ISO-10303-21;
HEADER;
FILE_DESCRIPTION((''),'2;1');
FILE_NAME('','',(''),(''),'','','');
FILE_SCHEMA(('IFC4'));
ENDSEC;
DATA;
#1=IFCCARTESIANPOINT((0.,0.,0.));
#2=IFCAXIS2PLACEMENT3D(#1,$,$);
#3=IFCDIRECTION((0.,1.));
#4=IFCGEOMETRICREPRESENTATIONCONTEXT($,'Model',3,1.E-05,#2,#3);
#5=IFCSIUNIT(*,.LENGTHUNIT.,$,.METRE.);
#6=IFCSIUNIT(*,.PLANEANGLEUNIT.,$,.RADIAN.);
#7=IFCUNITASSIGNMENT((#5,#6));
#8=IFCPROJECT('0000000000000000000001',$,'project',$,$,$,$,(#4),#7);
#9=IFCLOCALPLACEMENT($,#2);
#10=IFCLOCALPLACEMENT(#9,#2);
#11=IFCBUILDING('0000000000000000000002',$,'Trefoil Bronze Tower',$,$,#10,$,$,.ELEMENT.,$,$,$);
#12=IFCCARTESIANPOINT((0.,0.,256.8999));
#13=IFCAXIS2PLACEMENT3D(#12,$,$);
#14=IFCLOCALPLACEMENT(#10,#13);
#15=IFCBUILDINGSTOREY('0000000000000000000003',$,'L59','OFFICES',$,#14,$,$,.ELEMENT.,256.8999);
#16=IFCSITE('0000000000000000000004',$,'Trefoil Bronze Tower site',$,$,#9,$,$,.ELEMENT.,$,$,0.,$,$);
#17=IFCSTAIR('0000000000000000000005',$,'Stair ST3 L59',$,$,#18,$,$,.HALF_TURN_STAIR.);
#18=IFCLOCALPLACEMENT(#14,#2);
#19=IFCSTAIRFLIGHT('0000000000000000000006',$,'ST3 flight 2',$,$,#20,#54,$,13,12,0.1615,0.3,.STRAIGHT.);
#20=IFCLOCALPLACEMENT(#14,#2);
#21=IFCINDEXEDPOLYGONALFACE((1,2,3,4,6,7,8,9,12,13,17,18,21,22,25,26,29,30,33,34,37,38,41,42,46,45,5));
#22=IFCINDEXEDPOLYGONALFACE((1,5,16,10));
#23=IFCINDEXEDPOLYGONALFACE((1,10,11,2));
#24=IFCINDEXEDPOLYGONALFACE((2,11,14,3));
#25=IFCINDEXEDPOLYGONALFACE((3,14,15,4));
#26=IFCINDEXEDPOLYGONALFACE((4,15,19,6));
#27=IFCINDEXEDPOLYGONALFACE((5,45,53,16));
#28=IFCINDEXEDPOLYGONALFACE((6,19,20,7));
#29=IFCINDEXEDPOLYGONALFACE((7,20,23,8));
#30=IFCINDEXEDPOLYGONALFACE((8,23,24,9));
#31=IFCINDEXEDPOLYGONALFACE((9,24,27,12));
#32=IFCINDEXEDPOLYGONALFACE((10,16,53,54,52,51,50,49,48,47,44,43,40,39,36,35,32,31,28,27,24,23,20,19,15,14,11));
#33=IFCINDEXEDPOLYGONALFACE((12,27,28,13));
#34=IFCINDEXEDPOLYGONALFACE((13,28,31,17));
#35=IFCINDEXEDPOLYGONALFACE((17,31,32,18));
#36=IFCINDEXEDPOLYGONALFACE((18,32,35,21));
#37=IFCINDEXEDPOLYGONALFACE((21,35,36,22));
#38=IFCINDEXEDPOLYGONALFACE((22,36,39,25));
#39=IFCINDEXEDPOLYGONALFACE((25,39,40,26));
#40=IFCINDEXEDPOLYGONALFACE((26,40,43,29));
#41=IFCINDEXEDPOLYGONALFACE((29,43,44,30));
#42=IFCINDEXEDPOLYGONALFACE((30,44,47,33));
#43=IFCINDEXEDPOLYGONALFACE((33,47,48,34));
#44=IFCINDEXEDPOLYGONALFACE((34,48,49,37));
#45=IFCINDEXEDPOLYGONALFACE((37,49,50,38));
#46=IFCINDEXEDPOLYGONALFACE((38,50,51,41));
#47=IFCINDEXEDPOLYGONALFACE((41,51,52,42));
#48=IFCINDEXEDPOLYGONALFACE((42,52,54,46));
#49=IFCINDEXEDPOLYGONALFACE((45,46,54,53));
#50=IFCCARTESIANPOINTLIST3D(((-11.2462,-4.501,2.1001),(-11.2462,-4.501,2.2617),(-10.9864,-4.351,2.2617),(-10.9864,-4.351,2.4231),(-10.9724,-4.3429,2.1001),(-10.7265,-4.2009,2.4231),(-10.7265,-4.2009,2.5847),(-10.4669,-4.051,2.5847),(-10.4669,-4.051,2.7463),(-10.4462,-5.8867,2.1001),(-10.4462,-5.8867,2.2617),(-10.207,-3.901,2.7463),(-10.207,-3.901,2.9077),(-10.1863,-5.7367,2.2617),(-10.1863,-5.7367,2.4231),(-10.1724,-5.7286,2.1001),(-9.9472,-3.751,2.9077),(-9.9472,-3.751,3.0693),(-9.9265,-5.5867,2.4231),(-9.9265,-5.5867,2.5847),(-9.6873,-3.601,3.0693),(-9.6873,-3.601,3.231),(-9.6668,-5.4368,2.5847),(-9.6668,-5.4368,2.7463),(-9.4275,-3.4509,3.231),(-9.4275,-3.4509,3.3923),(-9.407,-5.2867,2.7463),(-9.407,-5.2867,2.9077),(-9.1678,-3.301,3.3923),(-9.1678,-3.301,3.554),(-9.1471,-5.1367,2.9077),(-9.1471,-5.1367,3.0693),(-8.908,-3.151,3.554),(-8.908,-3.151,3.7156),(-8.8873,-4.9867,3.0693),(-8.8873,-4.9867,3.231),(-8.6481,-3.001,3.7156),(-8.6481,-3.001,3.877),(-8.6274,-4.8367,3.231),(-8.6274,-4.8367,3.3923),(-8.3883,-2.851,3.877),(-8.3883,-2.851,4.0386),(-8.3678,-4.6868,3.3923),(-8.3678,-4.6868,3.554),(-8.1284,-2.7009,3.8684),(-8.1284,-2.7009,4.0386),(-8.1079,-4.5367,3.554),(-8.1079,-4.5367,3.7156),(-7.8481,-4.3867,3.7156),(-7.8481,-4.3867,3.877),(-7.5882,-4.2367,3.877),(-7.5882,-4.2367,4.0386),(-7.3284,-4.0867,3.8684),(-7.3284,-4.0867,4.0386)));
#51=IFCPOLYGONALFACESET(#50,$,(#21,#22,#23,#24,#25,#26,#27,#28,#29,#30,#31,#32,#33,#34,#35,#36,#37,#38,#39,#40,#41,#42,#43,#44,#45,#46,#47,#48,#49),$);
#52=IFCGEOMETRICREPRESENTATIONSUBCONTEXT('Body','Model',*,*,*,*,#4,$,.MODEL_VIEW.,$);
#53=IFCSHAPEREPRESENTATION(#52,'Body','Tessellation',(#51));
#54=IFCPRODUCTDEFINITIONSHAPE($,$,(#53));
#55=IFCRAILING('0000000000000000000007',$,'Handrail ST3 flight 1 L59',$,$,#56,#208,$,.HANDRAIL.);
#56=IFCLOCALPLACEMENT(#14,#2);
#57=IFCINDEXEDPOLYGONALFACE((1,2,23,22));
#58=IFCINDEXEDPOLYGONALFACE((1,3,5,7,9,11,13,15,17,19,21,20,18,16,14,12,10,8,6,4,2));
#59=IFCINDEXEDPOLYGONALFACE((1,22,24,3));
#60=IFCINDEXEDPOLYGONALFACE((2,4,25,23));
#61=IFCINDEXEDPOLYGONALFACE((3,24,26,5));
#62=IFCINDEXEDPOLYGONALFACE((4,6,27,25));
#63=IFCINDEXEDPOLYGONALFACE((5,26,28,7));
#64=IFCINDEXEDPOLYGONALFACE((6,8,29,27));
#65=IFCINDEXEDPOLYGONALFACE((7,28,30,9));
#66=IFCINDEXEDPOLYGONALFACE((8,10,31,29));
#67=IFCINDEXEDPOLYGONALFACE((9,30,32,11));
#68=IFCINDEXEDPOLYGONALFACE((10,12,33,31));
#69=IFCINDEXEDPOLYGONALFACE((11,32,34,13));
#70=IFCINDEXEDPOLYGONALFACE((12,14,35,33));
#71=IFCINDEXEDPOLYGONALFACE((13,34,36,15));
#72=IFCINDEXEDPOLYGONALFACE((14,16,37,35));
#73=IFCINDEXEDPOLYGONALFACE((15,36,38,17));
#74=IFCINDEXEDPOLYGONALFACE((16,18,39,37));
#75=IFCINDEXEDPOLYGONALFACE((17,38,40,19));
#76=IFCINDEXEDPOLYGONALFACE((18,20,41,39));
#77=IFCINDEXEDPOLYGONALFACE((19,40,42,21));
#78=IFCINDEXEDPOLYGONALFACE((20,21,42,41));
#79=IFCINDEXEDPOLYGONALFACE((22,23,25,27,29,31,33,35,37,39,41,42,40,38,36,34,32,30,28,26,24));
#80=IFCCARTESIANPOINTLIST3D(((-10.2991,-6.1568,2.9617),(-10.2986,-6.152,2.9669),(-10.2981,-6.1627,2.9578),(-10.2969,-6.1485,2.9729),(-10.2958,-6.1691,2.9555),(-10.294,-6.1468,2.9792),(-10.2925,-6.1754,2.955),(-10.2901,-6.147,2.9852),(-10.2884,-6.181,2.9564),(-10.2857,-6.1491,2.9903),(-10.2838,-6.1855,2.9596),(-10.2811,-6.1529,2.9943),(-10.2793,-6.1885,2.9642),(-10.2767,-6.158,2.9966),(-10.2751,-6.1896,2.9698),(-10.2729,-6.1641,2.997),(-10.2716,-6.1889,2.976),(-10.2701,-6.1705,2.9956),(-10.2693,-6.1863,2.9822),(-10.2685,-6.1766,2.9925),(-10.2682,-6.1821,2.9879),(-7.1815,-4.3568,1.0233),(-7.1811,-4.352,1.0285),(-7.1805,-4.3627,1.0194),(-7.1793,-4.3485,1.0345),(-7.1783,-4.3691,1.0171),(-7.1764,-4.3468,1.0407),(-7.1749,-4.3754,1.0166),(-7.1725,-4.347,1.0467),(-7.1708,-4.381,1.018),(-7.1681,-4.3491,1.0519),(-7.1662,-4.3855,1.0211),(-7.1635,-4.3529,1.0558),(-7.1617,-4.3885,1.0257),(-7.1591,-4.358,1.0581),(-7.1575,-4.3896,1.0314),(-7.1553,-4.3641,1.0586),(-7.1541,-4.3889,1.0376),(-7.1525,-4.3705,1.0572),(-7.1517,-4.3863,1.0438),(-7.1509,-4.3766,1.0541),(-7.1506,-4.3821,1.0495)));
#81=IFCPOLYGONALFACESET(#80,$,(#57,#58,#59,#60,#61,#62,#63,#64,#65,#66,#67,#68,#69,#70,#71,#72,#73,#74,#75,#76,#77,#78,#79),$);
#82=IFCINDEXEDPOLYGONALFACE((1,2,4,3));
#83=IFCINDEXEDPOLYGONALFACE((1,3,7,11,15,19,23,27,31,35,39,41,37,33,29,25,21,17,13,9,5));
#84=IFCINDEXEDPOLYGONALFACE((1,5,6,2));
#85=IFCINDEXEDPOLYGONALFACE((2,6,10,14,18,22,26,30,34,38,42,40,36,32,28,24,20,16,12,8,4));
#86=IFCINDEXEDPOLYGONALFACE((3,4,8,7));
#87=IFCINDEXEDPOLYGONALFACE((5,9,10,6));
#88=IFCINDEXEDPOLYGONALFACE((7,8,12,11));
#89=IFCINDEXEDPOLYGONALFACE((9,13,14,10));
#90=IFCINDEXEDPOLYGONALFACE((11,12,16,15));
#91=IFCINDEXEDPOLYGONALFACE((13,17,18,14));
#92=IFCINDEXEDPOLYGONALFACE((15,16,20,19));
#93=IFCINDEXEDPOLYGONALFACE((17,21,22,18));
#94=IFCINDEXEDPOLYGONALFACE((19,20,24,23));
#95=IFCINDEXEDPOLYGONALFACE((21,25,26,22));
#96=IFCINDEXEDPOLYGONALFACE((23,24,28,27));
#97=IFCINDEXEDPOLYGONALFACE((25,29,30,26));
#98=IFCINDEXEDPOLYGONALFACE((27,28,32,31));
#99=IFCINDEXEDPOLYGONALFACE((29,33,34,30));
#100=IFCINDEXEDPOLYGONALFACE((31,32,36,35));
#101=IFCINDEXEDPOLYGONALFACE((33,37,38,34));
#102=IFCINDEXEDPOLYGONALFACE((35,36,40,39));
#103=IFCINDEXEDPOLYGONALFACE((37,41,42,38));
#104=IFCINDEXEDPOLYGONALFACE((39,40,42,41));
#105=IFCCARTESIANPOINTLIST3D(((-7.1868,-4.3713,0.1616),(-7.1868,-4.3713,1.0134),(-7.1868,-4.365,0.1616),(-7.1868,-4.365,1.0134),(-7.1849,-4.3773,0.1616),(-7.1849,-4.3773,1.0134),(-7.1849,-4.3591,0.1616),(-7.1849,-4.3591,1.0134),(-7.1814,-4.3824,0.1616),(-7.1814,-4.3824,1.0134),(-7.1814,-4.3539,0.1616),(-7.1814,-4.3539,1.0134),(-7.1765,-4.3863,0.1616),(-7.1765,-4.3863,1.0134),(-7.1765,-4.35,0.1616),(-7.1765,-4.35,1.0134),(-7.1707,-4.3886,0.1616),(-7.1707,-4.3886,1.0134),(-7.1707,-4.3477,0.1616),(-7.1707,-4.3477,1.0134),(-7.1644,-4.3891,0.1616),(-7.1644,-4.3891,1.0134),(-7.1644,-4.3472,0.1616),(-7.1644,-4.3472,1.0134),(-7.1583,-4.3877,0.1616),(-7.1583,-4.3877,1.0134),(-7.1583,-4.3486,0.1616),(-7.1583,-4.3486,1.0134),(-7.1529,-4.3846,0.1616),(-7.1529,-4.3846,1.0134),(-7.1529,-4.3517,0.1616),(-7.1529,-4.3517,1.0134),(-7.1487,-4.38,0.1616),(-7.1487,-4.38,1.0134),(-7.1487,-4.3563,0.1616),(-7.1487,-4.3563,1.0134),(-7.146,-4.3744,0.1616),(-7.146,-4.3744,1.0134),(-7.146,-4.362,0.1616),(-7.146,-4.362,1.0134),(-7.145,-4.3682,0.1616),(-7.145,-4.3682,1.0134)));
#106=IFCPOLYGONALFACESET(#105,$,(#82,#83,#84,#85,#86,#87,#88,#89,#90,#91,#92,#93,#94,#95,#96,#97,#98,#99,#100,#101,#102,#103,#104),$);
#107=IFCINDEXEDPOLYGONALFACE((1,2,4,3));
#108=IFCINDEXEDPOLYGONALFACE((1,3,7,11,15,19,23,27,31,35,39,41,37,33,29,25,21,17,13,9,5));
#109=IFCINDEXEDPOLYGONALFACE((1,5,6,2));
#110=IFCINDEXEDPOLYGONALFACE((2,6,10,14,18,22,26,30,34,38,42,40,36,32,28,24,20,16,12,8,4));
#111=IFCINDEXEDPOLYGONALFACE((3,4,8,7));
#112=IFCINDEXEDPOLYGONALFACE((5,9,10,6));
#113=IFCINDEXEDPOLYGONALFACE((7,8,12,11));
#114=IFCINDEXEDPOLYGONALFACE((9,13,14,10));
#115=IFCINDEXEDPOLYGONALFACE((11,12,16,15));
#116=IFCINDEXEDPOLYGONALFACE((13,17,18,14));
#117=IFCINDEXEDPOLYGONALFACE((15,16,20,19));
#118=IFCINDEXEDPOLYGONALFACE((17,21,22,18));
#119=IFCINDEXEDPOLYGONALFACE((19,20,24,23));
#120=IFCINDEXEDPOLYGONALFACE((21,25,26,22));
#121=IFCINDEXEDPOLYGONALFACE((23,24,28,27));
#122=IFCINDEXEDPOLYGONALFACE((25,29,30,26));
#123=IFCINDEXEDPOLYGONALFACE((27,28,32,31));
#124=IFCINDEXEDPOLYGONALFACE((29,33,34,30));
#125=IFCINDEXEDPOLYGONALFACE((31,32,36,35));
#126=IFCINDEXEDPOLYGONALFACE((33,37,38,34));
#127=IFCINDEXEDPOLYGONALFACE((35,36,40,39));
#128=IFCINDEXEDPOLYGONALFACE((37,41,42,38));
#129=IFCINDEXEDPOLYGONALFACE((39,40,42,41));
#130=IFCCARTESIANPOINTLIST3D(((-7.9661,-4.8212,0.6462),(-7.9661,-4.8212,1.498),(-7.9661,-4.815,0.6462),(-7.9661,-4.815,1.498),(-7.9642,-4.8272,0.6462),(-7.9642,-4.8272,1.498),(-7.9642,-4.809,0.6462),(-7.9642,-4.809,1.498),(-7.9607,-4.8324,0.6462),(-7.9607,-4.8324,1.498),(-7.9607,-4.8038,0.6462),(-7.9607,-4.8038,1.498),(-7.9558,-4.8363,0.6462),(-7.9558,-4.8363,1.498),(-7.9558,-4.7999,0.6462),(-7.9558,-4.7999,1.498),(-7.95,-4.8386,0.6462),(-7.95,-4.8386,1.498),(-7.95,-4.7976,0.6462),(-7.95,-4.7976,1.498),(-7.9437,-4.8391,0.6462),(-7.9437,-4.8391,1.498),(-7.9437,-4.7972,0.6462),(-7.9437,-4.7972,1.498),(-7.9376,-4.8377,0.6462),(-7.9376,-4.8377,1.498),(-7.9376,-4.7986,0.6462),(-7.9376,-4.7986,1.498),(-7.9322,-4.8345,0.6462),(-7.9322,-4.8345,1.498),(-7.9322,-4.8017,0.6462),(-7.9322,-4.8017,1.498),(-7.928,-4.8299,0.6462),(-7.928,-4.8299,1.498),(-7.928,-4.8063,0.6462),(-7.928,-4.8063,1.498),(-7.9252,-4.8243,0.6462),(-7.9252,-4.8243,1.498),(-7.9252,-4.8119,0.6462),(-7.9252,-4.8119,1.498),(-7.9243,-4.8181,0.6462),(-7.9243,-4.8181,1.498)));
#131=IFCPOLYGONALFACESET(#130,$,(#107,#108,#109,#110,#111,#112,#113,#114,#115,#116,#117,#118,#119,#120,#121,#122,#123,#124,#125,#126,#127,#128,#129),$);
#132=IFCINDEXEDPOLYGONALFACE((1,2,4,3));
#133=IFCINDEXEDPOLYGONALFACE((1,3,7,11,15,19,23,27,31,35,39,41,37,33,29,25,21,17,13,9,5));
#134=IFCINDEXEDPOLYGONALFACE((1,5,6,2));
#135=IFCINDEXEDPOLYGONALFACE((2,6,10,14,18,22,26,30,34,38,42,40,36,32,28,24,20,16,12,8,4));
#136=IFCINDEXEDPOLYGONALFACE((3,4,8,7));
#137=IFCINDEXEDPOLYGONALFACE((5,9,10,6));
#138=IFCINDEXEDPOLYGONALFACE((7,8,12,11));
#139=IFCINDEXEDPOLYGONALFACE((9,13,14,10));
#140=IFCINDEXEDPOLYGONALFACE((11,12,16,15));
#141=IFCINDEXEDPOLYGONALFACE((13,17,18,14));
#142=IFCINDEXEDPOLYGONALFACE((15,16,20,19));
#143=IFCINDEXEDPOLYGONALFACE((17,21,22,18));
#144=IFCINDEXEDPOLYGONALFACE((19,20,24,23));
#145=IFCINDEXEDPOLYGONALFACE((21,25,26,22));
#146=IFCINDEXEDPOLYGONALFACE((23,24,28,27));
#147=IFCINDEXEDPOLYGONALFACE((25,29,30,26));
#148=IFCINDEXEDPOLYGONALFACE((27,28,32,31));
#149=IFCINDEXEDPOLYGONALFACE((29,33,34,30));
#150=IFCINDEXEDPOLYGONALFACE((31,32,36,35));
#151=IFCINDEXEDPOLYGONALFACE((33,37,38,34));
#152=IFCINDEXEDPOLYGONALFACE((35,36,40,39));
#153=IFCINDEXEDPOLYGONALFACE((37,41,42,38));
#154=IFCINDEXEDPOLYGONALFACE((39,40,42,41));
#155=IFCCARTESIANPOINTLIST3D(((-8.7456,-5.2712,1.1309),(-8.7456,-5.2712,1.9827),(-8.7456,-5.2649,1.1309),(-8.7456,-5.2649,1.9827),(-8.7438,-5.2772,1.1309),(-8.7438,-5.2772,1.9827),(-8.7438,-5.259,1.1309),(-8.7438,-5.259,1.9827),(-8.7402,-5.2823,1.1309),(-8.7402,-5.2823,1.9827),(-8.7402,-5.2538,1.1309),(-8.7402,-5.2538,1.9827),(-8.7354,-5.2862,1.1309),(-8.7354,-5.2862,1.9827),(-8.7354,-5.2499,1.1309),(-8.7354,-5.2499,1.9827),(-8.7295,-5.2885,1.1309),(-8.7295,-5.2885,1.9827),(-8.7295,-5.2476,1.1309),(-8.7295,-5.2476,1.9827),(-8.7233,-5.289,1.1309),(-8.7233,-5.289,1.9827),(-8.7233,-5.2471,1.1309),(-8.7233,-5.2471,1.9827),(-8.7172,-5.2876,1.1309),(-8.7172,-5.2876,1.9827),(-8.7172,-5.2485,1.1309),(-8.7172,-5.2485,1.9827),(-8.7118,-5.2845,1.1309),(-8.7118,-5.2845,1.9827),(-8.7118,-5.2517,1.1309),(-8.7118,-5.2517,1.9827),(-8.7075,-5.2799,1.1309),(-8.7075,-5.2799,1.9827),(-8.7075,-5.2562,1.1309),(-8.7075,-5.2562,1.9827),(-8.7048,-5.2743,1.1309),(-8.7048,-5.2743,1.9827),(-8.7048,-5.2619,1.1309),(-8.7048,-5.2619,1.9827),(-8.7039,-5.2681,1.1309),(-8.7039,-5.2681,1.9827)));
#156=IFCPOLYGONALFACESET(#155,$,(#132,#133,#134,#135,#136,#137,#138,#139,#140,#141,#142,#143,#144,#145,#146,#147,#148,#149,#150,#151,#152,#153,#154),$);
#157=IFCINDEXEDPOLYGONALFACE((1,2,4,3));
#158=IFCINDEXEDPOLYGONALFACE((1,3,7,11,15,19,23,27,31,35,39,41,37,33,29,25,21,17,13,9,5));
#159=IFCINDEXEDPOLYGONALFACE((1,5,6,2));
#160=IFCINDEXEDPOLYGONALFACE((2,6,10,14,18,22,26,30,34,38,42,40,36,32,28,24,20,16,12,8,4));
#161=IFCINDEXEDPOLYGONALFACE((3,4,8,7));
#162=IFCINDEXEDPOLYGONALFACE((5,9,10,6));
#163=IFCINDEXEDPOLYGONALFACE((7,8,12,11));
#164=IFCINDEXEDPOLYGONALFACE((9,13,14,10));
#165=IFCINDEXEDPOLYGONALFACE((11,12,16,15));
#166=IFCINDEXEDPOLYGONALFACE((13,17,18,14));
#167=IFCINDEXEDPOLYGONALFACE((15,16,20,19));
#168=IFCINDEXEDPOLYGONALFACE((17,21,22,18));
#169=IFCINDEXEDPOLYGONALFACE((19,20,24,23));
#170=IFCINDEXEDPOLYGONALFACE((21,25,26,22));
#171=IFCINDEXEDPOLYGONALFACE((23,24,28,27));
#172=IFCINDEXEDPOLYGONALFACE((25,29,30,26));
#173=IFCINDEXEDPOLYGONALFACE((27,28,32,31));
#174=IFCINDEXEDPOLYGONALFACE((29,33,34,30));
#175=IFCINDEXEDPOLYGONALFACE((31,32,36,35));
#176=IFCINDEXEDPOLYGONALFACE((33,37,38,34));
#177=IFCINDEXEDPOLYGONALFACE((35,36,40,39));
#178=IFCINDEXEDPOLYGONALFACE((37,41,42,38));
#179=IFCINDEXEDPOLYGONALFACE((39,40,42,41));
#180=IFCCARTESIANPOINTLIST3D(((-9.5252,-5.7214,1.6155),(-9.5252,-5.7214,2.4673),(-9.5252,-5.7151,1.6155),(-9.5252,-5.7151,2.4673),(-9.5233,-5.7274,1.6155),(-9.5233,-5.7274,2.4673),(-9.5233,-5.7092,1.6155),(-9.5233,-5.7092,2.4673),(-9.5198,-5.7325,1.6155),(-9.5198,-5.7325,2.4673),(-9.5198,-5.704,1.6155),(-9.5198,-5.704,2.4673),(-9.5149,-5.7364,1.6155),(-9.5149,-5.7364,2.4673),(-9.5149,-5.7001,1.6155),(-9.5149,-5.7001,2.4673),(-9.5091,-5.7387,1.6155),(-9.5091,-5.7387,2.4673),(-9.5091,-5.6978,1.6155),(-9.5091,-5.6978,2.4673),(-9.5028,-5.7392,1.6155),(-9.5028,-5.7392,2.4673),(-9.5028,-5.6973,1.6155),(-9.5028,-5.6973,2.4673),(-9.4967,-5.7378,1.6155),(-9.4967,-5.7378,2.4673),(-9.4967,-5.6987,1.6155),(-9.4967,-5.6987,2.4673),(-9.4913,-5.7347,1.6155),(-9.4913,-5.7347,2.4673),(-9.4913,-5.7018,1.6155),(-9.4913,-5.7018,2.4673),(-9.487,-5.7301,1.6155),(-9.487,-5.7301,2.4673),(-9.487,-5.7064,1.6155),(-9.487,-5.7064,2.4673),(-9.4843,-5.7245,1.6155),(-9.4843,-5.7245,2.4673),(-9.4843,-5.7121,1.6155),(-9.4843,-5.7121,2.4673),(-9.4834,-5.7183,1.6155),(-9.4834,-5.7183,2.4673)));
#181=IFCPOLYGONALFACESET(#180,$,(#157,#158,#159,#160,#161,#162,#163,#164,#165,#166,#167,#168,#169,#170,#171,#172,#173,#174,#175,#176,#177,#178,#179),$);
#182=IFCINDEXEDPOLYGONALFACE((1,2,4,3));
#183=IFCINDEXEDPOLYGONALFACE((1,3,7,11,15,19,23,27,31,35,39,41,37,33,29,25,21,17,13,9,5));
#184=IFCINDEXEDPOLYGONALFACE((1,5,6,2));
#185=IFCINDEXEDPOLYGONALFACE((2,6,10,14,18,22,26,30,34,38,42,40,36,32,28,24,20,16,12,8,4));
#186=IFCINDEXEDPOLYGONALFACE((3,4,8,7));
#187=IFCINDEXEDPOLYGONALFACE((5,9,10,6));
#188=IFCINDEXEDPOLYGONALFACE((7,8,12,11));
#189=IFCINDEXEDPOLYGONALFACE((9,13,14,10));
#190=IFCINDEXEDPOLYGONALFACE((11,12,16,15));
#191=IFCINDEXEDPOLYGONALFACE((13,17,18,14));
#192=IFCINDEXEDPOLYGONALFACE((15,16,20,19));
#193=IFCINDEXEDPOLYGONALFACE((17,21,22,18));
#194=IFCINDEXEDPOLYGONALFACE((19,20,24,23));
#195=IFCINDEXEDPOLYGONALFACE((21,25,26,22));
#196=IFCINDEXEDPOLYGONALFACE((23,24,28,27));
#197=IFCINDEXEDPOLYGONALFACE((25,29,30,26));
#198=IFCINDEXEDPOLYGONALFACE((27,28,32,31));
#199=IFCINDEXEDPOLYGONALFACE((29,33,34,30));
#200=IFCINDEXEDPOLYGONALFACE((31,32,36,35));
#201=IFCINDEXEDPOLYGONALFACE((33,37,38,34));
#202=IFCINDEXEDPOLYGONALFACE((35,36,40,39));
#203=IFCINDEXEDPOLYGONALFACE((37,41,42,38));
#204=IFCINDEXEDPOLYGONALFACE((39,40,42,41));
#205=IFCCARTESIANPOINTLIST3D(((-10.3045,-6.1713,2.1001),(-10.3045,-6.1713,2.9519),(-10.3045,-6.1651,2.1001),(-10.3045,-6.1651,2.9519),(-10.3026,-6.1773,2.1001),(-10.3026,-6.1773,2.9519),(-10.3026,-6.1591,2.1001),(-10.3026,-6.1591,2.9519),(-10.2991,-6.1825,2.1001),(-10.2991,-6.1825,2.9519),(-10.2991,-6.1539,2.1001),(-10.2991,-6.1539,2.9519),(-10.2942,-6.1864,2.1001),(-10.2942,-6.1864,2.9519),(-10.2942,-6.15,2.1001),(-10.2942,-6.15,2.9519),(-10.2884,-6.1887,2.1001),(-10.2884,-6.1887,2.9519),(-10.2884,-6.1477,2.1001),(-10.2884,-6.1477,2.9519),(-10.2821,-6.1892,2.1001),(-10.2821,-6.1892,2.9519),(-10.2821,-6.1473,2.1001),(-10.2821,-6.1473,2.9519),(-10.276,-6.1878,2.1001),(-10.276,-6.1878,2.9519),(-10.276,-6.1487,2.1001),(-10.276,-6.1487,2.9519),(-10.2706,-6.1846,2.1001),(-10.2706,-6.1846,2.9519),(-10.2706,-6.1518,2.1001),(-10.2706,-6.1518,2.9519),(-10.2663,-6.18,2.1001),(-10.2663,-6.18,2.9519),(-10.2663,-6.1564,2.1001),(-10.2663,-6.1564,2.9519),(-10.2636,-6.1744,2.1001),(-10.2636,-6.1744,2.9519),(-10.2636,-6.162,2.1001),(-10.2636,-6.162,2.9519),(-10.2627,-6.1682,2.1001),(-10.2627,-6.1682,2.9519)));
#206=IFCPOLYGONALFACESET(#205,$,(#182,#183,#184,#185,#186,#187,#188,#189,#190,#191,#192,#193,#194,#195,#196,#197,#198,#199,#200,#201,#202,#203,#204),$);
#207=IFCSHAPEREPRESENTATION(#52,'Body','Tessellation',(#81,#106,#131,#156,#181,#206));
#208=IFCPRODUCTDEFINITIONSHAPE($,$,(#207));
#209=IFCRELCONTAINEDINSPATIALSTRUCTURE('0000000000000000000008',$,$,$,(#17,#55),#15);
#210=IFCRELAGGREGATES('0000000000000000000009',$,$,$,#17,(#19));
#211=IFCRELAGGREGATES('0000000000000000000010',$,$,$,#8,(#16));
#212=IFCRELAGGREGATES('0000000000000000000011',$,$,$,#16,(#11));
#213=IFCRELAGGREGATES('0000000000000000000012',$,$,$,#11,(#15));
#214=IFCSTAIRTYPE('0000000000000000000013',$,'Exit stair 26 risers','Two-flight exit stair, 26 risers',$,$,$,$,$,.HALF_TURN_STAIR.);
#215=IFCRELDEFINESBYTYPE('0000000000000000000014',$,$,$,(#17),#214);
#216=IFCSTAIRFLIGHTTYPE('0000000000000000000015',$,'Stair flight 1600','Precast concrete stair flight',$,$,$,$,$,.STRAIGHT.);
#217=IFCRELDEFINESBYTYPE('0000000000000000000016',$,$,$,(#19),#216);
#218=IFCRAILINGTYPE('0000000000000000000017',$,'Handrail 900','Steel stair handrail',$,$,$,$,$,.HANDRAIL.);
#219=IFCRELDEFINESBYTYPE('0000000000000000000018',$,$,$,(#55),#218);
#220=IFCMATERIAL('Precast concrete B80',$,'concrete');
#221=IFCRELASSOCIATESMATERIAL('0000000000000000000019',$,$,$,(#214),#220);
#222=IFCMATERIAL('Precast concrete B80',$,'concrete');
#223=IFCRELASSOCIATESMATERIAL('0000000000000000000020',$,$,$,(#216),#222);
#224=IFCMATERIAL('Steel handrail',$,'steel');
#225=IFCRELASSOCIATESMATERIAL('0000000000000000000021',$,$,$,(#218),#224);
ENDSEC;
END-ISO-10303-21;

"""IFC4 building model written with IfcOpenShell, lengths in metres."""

from ifc_helpers import new_model, si_unit, direction, frame, origin, origin_2d, place, context, subcontext, project, spatial, polyline, circle, outline, extrude, material, type_object, element, aggregate, save


model = new_model("IFC4")

# Units and contexts
model_context = context("Model", 3, precision=1e-05, world=origin(), true_north=direction((0.0, 1.0)))
body_context = subcontext(model_context, "Body", "Model", "MODEL_VIEW")
ifc_project = project(units=[si_unit("LENGTHUNIT", "METRE"), si_unit("PLANEANGLEUNIT", "RADIAN")], contexts=[model_context])

# Site, building, storey
site_placement = place(None, origin())
site = spatial("IfcSite", under=ifc_project, at=site_placement, Name="Trefoil Bronze Tower site", CompositionType="ELEMENT", RefElevation=0.0)
building_placement = place(site_placement, origin())
building = spatial("IfcBuilding", under=site, at=building_placement, Name="Trefoil Bronze Tower", CompositionType="ELEMENT")
storey_placement = place(building_placement, frame((0.0, 0.0, 256.8999)))
storey = spatial("IfcBuildingStorey", under=building, at=storey_placement, Name="L59", Description="OFFICES", CompositionType="ELEMENT", Elevation=256.8999)

# Stair, stair flight
ifc_material_1 = material(Name="Precast concrete B80", Category="concrete")
stair_type = type_object("IfcStairType", Name="Exit stair 26 risers", Description="Two-flight exit stair, 26 risers", PredefinedType="HALF_TURN_STAIR", material=ifc_material_1)
stair_placement = place(storey_placement, origin())
stair = element("IfcStair", 1, at=stair_placement, inside=storey, type_object=stair_type, Name="Stair ST3 L59", PredefinedType="HALF_TURN_STAIR")
ifc_material_2 = material(Name="Precast concrete B80", Category="concrete")
stair_flight_type = type_object("IfcStairFlightType", Name="Stair flight 1600", Description="Precast concrete stair flight", PredefinedType="STRAIGHT", material=ifc_material_2)
stair_flight_1_placement = place(storey_placement, frame((-10.8462, -5.1938, 2.1001), z_axis=(0.0, 0.0, 1.0), x_axis=(0.866025, 0.5, 0.0)))
stair_flight_1 = element("IfcStairFlight", 2, at=stair_flight_1_placement, type_object=stair_flight_type, Name="ST3 flight 2", NumberOfRisers=13, NumberOfTreads=12, PredefinedType="STRAIGHT", RiserHeight=0.1615, TreadLength=0.3, context=body_context, shape_type="SweptSolid", body=[
    extrude(outline(polyline([(0.0, 0.0), (0.0, 0.1616), (0.3, 0.1616), (0.3, 0.323), (0.6001, 0.323), (0.6001, 0.4846), (0.8999, 0.4846), (0.8999, 0.6462), (1.2, 0.6462), (1.2, 0.8076), (1.5, 0.8076), (1.5, 0.9692), (1.8, 0.9692), (1.8, 1.1309), (2.1001, 1.1309), (2.1001, 1.2922), (2.3999, 1.2922), (2.3999, 1.4539), (2.7, 1.4539), (2.7, 1.6155), (3.0, 1.6155), (3.0, 1.7769), (3.3, 1.7769), (3.3, 1.9385), (3.6001, 1.9385), (3.6001, 2.1001), (3.6001, 1.7683), (0.3162, 0.0), (0.0, 0.0)])), frame((0.0, 0.8, 0.0), z_axis=(0.0, -1.0, 0.0), x_axis=(1.0, 0.0, 0.0)), (0.0, 0.0, 1.0), 1.6001),
])
aggregate(stair, [stair_flight_1])

# Railing
ifc_material_3 = material(Name="Steel handrail", Category="steel")
railing_type = type_object("IfcRailingType", Name="Handrail 900", Description="Steel stair handrail", PredefinedType="HANDRAIL", material=ifc_material_3)
railing_1_placement = place(storey_placement, frame((-7.166, -4.3682, 0.1616)))
element("IfcRailing", 3, at=railing_1_placement, inside=storey, type_object=railing_type, Name="Handrail ST3 flight 1 L59", PredefinedType="HANDRAIL", context=body_context, shape_type="SweptSolid", body=[
    extrude(circle(Radius=0.0239, at=origin_2d()), frame((0.0, 0.0, 0.876), z_axis=(-0.762503, -0.440246, 0.474102), x_axis=(0.500012, -0.866018, 0.0)), (0.0, 0.0, 1.0), 4.0886),
    extrude(circle(Radius=0.021, at=origin_2d()), origin(), (0.0, 0.0, 1.0), 0.8518),
    extrude(circle(Radius=0.021, at=origin_2d()), frame((-0.7793, -0.45, 0.4846)), (0.0, 0.0, 1.0), 0.8518),
    extrude(circle(Radius=0.021, at=origin_2d()), frame((-1.5588, -0.8999, 0.9692)), (0.0, 0.0, 1.0), 0.8518),
    extrude(circle(Radius=0.021, at=origin_2d()), frame((-2.3384, -1.3501, 1.4539)), (0.0, 0.0, 1.0), 0.8518),
    extrude(circle(Radius=0.021, at=origin_2d()), frame((-3.1177, -1.8, 1.9385)), (0.0, 0.0, 1.0), 0.8518),
])

save(model, "model.ifc")
